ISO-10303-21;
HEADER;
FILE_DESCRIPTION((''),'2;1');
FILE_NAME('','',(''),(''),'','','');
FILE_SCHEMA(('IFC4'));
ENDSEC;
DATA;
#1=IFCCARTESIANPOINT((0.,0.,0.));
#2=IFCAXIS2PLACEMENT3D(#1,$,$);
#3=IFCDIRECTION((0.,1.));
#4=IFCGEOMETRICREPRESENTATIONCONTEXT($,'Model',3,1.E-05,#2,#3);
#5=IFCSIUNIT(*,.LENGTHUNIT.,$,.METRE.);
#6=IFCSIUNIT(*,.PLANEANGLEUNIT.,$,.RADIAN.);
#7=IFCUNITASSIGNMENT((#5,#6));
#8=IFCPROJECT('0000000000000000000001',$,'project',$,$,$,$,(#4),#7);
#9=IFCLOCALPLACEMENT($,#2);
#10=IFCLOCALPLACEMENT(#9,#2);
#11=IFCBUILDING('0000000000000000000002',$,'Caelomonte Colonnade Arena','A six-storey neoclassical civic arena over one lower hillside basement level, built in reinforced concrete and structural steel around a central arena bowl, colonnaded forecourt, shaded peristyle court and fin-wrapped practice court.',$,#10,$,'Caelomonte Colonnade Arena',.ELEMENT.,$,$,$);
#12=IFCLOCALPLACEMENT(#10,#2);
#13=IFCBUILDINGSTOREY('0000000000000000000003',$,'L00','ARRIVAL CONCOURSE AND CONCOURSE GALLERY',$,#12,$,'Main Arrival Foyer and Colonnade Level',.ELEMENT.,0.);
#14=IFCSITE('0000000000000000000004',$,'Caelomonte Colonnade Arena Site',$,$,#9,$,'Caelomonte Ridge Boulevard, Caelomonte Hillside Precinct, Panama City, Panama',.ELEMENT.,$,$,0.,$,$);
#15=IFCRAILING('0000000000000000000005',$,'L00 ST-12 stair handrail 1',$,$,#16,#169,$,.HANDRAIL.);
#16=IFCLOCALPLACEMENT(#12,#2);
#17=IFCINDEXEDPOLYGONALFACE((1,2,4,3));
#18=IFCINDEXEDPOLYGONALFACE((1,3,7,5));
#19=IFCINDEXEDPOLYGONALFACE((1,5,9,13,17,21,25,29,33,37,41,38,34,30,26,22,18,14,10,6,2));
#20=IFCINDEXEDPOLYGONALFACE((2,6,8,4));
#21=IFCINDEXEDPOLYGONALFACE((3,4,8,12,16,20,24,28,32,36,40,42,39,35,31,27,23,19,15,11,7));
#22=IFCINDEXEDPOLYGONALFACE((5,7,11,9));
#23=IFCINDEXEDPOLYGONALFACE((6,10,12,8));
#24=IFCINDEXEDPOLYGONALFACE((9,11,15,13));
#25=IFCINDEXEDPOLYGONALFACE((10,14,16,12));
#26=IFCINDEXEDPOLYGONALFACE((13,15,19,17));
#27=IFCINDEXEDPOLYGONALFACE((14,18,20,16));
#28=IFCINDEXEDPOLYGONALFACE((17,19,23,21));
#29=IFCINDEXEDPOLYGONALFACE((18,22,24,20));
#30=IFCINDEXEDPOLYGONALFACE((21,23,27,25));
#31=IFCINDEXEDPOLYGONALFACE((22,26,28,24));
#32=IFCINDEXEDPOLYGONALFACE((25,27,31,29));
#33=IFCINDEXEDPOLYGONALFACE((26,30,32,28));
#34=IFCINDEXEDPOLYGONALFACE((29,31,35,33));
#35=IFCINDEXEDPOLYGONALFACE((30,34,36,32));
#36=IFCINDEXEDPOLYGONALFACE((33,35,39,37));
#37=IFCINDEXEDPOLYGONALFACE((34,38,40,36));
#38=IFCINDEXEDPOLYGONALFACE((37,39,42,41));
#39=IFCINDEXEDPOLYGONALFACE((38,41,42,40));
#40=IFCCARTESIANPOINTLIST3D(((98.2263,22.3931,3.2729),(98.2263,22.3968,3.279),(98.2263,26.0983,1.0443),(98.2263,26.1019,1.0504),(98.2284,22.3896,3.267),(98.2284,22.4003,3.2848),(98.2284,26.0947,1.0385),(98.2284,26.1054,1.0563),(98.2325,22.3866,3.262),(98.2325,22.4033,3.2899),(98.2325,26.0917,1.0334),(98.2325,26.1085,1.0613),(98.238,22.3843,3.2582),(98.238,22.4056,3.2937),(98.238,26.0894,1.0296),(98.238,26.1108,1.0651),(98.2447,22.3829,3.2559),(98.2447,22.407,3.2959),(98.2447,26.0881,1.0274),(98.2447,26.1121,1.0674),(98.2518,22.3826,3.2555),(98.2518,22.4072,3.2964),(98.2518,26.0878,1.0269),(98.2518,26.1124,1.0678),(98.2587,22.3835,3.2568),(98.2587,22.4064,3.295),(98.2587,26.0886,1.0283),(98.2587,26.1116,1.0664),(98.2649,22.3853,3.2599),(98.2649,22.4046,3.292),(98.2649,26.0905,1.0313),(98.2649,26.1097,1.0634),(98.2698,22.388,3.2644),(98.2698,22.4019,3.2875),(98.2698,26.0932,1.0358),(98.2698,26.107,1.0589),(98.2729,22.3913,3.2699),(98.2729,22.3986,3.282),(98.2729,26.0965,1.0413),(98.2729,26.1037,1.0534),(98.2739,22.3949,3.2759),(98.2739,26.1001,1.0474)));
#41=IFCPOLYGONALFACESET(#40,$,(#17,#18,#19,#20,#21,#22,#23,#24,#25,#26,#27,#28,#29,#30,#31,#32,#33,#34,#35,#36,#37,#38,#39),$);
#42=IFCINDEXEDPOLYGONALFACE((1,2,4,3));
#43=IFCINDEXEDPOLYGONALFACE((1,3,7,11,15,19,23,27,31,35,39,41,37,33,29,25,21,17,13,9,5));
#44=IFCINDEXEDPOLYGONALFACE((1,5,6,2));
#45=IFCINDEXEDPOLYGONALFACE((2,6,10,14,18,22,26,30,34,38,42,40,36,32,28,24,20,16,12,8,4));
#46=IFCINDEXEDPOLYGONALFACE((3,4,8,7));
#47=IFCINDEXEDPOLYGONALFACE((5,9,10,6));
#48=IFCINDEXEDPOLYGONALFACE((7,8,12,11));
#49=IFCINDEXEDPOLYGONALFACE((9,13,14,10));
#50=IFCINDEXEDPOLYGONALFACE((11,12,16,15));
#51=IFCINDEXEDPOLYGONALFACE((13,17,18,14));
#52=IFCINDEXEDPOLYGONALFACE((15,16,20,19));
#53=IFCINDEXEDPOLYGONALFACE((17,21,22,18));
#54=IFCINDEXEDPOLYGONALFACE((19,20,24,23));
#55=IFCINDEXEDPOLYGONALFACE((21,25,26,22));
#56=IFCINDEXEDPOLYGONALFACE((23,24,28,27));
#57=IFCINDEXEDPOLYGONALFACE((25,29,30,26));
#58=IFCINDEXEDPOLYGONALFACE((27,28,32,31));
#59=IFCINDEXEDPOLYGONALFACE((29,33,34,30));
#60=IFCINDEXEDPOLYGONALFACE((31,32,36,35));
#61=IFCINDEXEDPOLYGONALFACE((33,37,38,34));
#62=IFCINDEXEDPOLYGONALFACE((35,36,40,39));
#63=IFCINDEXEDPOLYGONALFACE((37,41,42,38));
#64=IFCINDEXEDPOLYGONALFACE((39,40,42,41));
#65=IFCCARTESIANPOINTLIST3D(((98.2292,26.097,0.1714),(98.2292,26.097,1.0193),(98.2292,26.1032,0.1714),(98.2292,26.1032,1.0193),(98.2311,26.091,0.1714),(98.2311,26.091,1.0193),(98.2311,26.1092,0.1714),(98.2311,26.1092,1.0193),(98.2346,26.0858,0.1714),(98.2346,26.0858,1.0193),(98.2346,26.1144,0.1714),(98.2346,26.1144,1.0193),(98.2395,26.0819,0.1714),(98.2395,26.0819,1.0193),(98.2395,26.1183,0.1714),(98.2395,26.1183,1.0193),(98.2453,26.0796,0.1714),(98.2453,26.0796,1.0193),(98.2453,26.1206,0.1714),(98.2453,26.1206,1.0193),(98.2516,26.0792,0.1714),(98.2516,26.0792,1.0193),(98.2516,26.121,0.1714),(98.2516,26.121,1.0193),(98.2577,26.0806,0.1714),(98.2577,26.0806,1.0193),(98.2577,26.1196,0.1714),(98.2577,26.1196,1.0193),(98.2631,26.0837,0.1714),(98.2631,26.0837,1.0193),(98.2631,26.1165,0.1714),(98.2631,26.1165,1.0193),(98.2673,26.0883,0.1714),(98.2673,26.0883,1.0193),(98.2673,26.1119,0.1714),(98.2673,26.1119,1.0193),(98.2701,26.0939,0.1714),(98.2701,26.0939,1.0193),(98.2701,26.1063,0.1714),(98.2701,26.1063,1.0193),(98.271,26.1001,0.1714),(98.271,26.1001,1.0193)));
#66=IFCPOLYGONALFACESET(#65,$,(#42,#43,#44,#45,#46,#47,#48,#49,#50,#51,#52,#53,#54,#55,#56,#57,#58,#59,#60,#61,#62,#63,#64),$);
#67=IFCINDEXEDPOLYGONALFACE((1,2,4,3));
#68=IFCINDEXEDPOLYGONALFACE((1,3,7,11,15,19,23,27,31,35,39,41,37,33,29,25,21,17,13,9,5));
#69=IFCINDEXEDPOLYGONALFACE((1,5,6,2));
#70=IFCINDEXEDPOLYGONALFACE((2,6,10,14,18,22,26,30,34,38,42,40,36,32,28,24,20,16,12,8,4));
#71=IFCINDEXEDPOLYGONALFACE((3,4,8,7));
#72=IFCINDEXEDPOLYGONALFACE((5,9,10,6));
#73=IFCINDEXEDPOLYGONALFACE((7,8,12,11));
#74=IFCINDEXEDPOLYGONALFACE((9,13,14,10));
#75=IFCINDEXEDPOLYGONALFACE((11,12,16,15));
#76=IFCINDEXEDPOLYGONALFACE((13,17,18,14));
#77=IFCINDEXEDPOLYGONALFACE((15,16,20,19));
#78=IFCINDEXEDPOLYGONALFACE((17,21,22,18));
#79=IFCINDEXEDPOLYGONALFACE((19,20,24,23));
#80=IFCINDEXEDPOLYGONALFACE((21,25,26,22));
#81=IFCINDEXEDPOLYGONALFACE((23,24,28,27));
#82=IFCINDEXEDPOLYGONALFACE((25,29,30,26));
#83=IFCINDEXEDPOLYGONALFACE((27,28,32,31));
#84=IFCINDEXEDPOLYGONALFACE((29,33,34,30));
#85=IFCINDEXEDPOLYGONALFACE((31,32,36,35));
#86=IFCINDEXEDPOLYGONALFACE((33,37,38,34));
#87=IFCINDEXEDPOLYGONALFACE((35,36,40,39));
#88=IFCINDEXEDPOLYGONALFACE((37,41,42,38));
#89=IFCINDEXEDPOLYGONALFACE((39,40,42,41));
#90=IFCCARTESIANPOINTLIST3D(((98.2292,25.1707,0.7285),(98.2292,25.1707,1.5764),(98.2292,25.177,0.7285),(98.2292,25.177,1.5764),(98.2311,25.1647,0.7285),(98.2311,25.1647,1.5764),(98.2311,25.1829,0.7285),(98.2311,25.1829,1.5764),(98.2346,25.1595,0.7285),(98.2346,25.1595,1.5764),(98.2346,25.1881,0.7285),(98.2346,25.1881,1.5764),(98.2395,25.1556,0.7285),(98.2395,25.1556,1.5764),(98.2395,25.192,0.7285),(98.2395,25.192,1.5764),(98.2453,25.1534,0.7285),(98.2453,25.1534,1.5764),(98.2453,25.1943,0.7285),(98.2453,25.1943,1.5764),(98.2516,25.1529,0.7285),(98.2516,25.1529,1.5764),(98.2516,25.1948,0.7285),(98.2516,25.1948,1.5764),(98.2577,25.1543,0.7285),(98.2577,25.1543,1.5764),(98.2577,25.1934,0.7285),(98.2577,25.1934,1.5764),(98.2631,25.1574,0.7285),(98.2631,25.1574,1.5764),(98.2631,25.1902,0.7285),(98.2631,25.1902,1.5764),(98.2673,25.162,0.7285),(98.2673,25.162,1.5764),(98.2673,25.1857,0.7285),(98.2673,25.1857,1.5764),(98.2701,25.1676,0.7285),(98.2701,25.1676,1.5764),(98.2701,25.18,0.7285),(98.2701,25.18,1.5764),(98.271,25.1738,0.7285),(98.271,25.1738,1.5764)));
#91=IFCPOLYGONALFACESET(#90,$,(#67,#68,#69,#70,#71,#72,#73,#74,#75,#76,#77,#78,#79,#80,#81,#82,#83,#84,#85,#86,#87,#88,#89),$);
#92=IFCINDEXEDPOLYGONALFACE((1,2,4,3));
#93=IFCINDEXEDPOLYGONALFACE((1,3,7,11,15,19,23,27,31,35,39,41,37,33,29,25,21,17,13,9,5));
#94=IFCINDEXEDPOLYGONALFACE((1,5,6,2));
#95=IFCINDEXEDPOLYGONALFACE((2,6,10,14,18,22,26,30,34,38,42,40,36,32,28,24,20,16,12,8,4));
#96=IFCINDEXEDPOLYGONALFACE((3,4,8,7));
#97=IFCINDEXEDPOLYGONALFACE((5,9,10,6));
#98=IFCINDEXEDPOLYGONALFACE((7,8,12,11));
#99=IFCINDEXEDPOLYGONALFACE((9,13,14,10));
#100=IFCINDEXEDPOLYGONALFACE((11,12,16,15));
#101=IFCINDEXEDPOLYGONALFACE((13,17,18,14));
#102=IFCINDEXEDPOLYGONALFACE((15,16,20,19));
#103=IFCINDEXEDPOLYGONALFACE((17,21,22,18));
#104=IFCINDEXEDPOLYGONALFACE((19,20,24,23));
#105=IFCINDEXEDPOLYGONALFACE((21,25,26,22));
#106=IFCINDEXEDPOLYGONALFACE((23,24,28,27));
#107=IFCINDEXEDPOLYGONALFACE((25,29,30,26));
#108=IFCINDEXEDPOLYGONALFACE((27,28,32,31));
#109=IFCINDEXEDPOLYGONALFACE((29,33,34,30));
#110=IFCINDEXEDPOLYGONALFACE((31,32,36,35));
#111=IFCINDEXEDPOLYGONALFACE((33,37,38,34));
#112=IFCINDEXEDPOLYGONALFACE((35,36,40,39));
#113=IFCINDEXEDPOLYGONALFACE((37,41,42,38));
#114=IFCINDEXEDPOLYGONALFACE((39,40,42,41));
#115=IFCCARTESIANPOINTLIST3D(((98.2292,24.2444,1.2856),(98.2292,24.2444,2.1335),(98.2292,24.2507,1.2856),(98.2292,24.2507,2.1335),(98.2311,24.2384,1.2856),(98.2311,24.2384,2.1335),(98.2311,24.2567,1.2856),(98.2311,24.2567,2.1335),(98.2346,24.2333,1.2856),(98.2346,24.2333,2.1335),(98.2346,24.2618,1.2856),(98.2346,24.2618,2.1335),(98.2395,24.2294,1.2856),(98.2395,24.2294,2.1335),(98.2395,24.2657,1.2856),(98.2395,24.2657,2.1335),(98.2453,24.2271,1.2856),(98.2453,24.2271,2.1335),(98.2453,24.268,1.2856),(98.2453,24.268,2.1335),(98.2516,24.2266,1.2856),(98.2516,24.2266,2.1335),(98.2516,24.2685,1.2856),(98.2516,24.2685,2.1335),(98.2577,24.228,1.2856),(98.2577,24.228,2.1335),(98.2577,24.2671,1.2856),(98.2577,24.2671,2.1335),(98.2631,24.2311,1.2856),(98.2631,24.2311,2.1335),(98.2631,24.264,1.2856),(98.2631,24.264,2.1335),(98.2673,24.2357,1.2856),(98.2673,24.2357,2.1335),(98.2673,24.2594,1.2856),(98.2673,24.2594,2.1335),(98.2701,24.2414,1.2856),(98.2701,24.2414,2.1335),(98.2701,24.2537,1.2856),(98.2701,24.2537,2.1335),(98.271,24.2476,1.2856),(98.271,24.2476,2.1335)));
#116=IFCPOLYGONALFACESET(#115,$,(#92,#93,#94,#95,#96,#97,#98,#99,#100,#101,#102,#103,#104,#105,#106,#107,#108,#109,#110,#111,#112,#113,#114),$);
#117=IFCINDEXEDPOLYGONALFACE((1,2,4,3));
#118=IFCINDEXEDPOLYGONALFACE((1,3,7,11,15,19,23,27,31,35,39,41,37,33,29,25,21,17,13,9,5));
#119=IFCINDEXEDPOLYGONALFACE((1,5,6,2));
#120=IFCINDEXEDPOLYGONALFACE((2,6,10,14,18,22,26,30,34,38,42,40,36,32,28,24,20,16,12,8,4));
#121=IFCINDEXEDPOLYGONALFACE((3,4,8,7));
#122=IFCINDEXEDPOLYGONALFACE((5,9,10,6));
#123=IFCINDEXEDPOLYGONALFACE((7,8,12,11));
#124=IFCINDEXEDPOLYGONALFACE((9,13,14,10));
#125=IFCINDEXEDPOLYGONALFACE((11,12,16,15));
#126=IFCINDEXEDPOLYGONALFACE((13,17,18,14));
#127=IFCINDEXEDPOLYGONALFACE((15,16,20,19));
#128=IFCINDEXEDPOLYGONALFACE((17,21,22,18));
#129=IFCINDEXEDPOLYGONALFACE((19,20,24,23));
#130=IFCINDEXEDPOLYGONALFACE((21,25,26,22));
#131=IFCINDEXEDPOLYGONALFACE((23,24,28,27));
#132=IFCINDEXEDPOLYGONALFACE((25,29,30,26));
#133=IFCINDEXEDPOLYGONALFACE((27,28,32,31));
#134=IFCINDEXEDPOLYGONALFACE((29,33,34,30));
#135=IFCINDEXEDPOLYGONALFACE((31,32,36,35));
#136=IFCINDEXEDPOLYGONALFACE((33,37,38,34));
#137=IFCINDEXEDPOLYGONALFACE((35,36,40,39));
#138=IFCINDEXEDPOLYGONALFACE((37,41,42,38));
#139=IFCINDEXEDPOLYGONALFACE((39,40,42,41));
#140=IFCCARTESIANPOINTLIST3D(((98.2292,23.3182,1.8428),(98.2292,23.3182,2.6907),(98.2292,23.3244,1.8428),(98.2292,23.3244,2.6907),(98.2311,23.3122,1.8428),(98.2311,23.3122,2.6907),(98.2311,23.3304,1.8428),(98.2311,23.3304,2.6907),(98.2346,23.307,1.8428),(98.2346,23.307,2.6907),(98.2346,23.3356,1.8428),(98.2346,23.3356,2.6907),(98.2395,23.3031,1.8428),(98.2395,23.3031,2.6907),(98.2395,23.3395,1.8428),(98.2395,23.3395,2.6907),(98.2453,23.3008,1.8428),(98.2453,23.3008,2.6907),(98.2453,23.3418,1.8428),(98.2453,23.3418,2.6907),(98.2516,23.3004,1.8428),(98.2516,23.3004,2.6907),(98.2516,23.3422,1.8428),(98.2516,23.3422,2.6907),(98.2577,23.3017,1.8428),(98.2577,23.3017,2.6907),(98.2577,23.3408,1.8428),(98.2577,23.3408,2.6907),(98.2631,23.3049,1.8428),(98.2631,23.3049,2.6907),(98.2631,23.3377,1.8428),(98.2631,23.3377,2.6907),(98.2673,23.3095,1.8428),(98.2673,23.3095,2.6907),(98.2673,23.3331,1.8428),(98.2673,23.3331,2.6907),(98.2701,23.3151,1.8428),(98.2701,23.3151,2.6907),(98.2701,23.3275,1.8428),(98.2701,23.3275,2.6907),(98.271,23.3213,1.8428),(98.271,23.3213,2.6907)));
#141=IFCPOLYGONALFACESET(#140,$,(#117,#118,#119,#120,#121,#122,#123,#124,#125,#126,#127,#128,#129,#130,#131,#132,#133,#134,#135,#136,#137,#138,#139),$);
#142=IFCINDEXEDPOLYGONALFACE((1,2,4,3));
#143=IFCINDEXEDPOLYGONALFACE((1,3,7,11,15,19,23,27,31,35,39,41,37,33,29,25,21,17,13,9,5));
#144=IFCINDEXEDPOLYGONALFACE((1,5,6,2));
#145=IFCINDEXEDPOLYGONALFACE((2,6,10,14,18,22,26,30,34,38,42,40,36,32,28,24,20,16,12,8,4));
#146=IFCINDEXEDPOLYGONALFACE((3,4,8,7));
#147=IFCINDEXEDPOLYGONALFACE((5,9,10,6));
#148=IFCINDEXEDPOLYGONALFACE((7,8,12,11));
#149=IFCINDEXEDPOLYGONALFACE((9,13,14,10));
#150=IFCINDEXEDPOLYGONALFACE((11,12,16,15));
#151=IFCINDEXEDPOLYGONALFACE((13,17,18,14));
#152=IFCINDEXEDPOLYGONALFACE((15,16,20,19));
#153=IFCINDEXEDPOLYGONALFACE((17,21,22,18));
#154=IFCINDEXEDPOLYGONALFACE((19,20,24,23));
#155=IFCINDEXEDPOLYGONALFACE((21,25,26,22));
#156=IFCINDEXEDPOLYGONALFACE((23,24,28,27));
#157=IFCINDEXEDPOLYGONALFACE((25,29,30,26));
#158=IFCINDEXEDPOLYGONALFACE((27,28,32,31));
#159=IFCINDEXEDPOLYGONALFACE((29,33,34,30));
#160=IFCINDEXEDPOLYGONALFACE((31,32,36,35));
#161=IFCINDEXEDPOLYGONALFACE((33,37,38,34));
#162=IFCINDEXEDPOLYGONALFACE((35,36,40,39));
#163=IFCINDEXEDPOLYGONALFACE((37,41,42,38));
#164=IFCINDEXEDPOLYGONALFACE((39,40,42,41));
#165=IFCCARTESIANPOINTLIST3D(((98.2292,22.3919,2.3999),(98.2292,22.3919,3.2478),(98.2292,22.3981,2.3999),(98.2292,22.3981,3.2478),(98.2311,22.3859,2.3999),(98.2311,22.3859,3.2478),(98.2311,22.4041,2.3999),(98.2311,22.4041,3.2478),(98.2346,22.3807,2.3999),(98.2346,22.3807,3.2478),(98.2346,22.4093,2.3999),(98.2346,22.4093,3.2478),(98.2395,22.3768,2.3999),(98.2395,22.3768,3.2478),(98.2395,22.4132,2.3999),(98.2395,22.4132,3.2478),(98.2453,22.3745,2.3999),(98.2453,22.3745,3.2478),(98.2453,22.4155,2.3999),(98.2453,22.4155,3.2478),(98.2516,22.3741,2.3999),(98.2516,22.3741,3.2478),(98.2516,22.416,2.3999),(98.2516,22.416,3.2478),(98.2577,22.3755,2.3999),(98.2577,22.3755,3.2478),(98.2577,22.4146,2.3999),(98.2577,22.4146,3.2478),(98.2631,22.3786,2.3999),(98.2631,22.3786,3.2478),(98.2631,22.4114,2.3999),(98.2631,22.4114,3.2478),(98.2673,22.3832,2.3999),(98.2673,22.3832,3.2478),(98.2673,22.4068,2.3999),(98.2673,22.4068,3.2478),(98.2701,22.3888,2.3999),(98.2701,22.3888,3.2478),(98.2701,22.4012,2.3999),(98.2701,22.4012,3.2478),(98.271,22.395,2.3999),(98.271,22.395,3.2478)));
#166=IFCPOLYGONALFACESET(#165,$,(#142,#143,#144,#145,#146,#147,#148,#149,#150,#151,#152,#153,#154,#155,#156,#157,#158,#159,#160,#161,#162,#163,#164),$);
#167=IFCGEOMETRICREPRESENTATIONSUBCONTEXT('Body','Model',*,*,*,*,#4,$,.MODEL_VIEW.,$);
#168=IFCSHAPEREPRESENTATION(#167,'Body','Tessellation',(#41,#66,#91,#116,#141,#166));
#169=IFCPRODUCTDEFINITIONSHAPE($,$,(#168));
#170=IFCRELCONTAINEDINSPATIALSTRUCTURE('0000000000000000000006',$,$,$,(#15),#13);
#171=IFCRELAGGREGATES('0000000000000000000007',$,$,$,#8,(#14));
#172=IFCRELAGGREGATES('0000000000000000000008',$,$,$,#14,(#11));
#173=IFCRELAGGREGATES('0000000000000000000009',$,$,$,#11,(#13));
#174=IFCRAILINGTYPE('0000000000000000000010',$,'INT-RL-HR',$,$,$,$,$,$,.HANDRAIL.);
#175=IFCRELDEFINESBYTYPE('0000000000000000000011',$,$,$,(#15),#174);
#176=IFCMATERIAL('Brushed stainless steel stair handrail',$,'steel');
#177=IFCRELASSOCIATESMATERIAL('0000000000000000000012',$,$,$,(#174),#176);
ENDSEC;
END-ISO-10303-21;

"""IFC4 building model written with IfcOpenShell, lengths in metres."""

from ifc_helpers import new_model, si_unit, direction, frame, origin, origin_2d, place, context, subcontext, project, spatial, circle, extrude, material, type_object, element, save


model = new_model("IFC4")

# Units and contexts
model_context = context("Model", 3, precision=1e-05, world=origin(), true_north=direction((0.0, 1.0)))
body_context = subcontext(model_context, "Body", "Model", "MODEL_VIEW")
ifc_project = project(units=[si_unit("LENGTHUNIT", "METRE"), si_unit("PLANEANGLEUNIT", "RADIAN")], contexts=[model_context])

# Site, building, storey
site_placement = place(None, origin())
site = spatial("IfcSite", under=ifc_project, at=site_placement, Name="Caelomonte Colonnade Arena Site", LongName="Caelomonte Ridge Boulevard, Caelomonte Hillside Precinct, Panama City, Panama", CompositionType="ELEMENT", RefElevation=0.0)
building_placement = place(site_placement, origin())
building = spatial("IfcBuilding", under=site, at=building_placement, Name="Caelomonte Colonnade Arena", Description="A six-storey neoclassical civic arena over one lower hillside basement level, built in reinforced concrete and structural steel around a central arena bowl, colonnaded forecourt, shaded peristyle court and fin-wrapped practice court.", LongName="Caelomonte Colonnade Arena", CompositionType="ELEMENT")
storey_placement = place(building_placement, origin())
storey = spatial("IfcBuildingStorey", under=building, at=storey_placement, Name="L00", Description="ARRIVAL CONCOURSE AND CONCOURSE GALLERY", LongName="Main Arrival Foyer and Colonnade Level", CompositionType="ELEMENT", Elevation=0.0)

# Railing
ifc_material_1 = material(Name="Brushed stainless steel stair handrail", Category="steel")
railing_type_1 = type_object("IfcRailingType", Name="INT-RL-HR", PredefinedType="HANDRAIL", material=ifc_material_1)
railing_1_placement = place(storey_placement, frame((98.25, 26.1001, 0.1714)))
element("IfcRailing", 1, at=railing_1_placement, inside=storey, type_object=railing_type_1, Name="L00 ST-12 stair handrail 1", PredefinedType="HANDRAIL", context=body_context, shape_type="SweptSolid", body=[
    extrude(circle(Radius=0.0239, at=origin_2d()), frame((0.0, 0.0, 0.876), z_axis=(0.0, -0.856934, 0.515425), x_axis=(1.0, 0.0, 0.0)), (0.0, 0.0, 1.0), 4.3237),
    extrude(circle(Radius=0.021, at=origin_2d()), origin(), (0.0, 0.0, 1.0), 0.8479),
    extrude(circle(Radius=0.021, at=origin_2d()), frame((0.0, -0.9263, 0.5571)), (0.0, 0.0, 1.0), 0.8479),
    extrude(circle(Radius=0.021, at=origin_2d()), frame((0.0, -1.8525, 1.1143)), (0.0, 0.0, 1.0), 0.8479),
    extrude(circle(Radius=0.021, at=origin_2d()), frame((0.0, -2.7788, 1.6714)), (0.0, 0.0, 1.0), 0.8479),
    extrude(circle(Radius=0.021, at=origin_2d()), frame((0.0, -3.7051, 2.2285)), (0.0, 0.0, 1.0), 0.8479),
])

save(model, "model.ifc")
